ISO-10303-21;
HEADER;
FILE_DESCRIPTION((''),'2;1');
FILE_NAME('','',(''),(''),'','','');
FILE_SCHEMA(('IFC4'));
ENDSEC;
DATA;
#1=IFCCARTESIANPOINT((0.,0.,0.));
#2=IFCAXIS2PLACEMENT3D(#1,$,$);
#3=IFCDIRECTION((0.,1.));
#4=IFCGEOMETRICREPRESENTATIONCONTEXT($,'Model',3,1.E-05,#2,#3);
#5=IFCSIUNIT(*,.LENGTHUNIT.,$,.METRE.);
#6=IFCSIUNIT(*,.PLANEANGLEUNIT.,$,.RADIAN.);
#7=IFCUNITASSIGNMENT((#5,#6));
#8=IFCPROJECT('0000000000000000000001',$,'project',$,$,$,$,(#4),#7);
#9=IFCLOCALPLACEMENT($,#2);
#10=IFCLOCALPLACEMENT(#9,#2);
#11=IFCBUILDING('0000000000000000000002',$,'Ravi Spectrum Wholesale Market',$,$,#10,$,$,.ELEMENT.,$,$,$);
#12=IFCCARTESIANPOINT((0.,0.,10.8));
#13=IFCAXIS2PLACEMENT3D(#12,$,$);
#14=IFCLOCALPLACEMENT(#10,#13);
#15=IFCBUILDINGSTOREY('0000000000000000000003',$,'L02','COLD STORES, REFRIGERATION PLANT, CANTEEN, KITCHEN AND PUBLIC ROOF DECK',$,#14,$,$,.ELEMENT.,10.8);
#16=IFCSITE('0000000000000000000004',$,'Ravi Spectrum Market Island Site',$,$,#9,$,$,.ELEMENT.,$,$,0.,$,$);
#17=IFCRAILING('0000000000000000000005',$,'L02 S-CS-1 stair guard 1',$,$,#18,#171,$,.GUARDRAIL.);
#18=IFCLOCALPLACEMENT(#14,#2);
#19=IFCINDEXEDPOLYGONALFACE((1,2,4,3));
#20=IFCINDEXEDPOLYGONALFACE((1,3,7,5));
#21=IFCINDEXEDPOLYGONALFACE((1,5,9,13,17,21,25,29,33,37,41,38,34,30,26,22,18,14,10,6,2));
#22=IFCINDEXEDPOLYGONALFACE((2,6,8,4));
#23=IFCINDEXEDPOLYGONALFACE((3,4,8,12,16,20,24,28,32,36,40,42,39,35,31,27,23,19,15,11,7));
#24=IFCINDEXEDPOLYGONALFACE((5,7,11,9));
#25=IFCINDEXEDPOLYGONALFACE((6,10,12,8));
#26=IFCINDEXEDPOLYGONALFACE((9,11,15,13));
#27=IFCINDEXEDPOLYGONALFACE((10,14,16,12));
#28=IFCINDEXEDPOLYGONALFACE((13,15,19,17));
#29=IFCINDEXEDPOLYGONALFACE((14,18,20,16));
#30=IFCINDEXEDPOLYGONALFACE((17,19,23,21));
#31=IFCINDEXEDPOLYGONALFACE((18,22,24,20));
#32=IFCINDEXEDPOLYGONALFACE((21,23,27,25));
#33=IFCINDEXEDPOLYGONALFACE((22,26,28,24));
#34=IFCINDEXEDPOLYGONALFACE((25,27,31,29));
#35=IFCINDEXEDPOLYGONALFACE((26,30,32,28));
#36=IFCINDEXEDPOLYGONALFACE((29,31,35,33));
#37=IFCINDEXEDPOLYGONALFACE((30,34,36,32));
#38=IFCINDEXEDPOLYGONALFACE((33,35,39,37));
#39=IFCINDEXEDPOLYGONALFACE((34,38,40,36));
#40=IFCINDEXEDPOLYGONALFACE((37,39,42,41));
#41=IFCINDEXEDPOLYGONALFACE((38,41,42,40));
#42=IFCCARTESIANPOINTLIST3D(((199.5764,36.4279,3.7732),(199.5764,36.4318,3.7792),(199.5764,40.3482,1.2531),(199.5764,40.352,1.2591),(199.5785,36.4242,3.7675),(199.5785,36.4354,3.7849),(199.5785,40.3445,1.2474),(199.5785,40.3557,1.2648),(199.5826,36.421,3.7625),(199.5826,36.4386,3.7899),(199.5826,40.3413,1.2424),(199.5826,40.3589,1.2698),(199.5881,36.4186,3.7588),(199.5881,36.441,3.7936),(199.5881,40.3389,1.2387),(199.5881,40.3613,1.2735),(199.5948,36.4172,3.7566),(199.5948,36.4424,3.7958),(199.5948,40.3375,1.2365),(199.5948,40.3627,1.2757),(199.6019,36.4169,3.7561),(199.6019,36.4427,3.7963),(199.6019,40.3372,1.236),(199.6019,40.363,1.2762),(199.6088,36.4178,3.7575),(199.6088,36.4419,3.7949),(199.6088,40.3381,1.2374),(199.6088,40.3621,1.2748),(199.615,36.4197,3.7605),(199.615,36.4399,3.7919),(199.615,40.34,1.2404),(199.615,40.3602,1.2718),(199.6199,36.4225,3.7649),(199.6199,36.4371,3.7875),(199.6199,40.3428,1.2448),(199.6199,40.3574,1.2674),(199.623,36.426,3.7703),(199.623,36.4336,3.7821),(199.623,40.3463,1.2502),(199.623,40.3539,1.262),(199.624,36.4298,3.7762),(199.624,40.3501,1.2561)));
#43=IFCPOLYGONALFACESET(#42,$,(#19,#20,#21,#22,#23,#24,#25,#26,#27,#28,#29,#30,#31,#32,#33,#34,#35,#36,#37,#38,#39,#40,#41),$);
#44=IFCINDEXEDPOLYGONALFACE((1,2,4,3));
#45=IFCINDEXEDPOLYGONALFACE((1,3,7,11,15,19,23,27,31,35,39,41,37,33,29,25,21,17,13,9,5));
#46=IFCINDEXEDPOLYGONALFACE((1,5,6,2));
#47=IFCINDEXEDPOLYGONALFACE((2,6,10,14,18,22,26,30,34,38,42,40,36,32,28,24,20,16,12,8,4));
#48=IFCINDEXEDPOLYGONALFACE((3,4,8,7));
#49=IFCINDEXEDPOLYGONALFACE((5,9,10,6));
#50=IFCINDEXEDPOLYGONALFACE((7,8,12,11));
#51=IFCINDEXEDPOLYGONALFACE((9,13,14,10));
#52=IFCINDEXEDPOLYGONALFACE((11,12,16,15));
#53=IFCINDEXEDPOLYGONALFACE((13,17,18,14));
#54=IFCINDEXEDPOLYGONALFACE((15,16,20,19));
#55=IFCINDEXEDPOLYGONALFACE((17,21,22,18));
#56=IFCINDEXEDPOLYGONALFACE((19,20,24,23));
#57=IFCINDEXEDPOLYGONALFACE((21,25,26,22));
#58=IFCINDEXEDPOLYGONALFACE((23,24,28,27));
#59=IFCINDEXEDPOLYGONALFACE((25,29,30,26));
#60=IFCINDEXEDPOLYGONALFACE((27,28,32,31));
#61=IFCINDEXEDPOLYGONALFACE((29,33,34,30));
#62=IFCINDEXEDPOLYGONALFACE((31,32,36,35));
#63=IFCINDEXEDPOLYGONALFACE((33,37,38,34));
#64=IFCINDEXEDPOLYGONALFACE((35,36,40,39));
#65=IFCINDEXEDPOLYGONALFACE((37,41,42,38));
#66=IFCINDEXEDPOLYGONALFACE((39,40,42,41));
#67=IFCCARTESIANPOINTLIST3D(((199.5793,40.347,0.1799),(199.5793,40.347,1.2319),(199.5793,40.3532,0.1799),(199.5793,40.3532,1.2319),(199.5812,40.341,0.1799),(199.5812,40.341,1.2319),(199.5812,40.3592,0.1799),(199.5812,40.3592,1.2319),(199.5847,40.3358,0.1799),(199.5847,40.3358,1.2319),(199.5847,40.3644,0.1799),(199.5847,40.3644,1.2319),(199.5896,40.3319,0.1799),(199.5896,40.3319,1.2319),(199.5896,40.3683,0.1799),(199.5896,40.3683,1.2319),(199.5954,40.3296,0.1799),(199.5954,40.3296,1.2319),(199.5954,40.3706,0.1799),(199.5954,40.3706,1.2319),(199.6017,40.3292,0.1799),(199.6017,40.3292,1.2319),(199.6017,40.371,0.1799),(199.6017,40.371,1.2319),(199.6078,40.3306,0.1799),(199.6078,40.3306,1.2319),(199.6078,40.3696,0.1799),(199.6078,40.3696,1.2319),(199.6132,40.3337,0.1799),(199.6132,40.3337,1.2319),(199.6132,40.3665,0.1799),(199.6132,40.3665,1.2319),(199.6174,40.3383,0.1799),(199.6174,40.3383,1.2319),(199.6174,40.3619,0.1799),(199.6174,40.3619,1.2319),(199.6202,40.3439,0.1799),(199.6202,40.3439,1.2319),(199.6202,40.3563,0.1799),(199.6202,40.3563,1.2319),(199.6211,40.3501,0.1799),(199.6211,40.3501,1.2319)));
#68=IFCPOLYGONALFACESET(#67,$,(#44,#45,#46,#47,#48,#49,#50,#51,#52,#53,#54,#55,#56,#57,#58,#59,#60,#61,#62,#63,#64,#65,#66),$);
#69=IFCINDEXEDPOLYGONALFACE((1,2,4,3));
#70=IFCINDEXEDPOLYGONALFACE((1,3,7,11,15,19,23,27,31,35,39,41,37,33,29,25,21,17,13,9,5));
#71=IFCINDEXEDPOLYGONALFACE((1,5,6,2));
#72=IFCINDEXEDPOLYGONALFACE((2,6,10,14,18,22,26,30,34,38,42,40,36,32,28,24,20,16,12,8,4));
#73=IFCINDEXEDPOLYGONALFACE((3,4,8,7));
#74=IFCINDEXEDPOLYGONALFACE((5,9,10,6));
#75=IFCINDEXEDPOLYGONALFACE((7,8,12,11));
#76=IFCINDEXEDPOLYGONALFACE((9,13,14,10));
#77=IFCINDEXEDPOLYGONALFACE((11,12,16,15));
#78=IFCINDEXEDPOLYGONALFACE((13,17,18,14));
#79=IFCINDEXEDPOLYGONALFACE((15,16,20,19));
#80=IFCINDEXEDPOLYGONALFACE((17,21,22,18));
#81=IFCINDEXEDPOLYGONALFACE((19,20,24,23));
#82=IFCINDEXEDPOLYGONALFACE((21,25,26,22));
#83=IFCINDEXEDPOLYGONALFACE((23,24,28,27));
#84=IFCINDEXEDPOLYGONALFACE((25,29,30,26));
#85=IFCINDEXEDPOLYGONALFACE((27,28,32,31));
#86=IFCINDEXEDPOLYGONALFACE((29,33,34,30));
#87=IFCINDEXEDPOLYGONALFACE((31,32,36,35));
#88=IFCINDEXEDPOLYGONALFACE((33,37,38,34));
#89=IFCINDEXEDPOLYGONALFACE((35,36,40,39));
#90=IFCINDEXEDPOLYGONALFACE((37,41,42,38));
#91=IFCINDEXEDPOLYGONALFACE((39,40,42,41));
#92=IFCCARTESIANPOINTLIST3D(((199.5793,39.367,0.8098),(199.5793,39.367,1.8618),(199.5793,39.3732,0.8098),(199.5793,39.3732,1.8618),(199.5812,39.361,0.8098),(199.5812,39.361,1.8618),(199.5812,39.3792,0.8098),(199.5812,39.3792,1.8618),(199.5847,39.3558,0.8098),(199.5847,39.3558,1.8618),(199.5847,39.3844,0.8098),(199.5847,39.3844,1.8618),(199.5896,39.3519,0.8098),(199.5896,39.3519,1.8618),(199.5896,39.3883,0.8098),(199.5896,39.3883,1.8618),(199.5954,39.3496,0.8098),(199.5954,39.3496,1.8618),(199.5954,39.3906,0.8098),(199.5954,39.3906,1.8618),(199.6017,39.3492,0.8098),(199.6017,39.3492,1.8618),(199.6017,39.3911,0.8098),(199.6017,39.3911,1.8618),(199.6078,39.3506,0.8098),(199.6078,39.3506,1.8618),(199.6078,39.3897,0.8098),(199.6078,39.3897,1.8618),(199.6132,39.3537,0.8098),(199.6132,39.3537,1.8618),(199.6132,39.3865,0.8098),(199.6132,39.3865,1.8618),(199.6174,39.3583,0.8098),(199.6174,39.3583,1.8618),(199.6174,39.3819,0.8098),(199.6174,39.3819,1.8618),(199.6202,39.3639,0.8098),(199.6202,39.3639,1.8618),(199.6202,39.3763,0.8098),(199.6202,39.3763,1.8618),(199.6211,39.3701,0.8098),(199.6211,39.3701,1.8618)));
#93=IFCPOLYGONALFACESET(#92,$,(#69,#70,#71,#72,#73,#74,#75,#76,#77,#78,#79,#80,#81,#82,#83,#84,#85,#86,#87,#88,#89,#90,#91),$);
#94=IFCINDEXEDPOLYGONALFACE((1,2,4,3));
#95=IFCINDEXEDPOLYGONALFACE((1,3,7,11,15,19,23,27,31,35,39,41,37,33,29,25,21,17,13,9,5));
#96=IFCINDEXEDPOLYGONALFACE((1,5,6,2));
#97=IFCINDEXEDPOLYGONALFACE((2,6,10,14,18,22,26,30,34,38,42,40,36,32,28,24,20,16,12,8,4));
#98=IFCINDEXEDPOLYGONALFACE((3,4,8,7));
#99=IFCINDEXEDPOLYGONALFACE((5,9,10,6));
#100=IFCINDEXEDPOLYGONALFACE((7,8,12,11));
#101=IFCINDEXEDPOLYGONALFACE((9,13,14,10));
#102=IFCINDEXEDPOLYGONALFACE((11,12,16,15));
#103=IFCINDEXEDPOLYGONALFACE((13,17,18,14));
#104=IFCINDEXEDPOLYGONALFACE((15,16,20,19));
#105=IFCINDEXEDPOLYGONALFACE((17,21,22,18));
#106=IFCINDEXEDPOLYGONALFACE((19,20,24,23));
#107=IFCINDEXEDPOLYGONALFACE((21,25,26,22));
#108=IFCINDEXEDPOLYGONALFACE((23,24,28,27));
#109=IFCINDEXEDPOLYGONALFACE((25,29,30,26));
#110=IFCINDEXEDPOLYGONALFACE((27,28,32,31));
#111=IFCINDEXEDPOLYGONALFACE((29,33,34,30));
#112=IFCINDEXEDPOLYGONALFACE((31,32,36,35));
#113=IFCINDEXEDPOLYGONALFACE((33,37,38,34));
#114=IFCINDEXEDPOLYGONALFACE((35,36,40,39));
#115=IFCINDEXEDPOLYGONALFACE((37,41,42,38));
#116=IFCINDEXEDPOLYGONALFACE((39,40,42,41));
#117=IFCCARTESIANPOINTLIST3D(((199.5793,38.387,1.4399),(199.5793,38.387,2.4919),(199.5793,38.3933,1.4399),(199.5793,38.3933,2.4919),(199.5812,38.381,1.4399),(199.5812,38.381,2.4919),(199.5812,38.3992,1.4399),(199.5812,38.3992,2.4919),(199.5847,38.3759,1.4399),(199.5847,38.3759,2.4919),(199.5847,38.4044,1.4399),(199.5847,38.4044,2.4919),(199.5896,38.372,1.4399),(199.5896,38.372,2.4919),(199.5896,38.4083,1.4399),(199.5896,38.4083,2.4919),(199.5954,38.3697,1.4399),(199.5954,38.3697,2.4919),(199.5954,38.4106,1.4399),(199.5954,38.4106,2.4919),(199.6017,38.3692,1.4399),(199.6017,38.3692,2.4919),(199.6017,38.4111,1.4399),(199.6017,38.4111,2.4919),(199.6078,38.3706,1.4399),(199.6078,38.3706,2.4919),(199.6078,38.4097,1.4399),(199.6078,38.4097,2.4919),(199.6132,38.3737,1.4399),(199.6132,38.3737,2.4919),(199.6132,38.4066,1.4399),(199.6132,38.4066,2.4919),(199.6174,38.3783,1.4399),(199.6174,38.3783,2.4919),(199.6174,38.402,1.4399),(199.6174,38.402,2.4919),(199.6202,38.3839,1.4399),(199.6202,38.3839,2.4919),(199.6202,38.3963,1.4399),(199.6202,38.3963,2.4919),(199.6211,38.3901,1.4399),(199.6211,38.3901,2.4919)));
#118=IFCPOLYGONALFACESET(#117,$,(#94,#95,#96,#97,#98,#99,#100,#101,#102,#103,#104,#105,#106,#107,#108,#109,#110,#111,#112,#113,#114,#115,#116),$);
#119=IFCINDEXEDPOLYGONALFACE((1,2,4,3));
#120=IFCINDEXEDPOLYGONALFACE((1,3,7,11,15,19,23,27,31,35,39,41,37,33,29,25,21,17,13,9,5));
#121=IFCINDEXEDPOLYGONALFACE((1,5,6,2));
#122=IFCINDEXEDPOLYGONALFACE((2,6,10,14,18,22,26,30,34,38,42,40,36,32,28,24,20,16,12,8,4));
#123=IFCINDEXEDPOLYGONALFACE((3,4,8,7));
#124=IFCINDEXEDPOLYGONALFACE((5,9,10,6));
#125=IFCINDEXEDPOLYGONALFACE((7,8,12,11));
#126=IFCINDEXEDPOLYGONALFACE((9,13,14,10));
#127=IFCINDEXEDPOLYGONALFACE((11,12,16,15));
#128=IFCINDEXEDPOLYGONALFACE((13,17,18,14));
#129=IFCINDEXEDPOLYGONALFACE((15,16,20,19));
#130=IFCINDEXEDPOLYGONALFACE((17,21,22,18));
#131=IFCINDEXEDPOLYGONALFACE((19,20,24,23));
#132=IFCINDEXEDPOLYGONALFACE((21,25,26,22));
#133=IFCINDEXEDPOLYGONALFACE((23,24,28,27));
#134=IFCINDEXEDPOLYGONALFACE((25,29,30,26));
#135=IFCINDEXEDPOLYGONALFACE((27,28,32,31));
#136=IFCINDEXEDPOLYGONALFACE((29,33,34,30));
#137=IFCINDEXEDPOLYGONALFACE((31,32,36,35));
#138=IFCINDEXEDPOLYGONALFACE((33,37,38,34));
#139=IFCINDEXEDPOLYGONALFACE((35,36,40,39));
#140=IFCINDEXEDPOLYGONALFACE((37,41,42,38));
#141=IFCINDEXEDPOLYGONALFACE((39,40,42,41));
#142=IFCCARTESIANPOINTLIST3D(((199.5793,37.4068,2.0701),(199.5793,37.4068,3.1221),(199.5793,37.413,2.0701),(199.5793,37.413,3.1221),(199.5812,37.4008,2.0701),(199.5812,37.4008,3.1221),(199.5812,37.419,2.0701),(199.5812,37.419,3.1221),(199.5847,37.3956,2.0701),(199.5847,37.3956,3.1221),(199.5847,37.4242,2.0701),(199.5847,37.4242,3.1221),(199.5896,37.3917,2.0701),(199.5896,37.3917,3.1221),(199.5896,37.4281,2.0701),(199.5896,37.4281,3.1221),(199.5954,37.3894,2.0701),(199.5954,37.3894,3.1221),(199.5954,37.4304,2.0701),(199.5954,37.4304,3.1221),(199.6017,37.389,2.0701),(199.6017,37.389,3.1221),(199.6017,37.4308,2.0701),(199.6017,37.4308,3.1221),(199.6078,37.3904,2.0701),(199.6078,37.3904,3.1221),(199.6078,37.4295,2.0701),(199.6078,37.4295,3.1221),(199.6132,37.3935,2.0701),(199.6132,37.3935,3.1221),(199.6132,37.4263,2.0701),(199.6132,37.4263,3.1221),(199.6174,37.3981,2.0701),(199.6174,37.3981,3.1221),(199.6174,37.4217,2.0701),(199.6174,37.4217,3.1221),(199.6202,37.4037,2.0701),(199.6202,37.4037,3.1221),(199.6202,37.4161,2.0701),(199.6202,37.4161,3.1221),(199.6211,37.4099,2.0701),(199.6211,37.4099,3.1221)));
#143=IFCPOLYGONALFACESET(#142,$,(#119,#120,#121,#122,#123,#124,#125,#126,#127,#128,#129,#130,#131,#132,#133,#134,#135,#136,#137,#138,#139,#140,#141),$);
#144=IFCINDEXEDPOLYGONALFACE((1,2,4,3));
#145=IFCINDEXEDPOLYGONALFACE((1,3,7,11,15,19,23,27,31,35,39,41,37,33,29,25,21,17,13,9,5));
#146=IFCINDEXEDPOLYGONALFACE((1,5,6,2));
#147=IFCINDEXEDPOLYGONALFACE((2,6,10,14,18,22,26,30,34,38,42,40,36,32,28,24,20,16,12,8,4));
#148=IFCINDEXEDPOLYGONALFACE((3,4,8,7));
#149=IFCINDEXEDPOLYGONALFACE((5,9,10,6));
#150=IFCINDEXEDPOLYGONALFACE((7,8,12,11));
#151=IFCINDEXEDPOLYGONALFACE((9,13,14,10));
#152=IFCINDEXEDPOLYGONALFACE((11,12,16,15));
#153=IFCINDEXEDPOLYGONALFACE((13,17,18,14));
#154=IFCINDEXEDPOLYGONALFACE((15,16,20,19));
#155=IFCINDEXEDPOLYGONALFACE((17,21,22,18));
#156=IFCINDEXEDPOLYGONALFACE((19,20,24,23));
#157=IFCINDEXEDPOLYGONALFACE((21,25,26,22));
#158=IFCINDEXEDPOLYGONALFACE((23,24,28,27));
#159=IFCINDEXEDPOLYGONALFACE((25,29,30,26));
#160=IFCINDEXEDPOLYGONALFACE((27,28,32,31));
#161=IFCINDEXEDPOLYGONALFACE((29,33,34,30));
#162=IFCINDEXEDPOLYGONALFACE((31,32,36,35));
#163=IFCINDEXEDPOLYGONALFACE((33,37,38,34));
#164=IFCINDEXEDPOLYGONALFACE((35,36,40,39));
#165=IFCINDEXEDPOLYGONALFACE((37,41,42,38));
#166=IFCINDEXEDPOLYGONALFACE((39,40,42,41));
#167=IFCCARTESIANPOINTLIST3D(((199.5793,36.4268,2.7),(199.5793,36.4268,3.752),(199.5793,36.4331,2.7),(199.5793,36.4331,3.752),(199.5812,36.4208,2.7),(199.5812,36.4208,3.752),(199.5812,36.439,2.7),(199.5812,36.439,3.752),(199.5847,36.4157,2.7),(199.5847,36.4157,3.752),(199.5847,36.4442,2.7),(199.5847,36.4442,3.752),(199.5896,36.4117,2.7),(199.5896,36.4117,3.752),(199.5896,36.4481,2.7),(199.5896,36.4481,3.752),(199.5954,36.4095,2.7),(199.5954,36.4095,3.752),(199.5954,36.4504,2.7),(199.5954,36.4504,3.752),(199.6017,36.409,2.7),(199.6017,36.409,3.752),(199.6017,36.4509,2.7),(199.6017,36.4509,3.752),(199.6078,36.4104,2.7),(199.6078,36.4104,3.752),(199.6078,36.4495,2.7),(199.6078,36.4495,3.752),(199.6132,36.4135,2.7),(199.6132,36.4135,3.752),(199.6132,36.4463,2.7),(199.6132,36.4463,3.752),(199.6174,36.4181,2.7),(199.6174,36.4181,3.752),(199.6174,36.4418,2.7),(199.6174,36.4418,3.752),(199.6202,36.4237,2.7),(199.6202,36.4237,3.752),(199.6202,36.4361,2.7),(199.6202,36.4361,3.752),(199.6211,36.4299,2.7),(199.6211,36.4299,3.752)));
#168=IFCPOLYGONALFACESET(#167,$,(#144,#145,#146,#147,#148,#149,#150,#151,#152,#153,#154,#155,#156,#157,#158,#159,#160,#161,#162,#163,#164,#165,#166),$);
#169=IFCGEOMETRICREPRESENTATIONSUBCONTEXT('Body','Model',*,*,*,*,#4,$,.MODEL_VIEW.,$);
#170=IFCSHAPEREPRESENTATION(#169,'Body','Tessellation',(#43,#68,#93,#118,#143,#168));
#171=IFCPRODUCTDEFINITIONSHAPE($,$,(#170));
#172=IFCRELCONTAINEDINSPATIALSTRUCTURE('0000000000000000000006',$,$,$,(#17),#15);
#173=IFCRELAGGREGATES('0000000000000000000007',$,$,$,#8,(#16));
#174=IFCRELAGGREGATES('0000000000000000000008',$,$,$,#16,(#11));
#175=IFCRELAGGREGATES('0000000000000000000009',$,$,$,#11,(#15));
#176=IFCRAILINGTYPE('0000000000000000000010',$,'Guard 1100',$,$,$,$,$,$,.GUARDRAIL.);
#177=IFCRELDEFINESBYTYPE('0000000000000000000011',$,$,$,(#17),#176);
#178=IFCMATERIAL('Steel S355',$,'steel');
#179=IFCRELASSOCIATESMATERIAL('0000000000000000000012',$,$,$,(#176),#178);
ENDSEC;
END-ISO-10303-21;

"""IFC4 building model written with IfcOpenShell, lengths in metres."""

from ifc_helpers import new_model, si_unit, direction, frame, origin, origin_2d, place, context, subcontext, project, spatial, circle, extrude, material, type_object, element, save


model = new_model("IFC4")

# Units and contexts
model_context = context("Model", 3, precision=1e-05, world=origin(), true_north=direction((0.0, 1.0)))
body_context = subcontext(model_context, "Body", "Model", "MODEL_VIEW")
ifc_project = project(units=[si_unit("LENGTHUNIT", "METRE"), si_unit("PLANEANGLEUNIT", "RADIAN")], contexts=[model_context])

# Site, building, storey
site_placement = place(None, origin())
site = spatial("IfcSite", under=ifc_project, at=site_placement, Name="Ravi Spectrum Market Island Site", CompositionType="ELEMENT", RefElevation=0.0)
building_placement = place(site_placement, origin())
building = spatial("IfcBuilding", under=site, at=building_placement, Name="Ravi Spectrum Wholesale Market", CompositionType="ELEMENT")
storey_placement = place(building_placement, frame((0.0, 0.0, 10.8)))
storey = spatial("IfcBuildingStorey", under=building, at=storey_placement, Name="L02", Description="COLD STORES, REFRIGERATION PLANT, CANTEEN, KITCHEN AND PUBLIC ROOF DECK", CompositionType="ELEMENT", Elevation=10.8)

# Railing
ifc_material_1 = material(Name="Steel S355", Category="steel")
railing_type_1 = type_object("IfcRailingType", Name="Guard 1100", PredefinedType="GUARDRAIL", material=ifc_material_1)
railing_1_placement = place(storey_placement, frame((199.6001, 40.3501, 0.1799)))
element("IfcRailing", 1, at=railing_1_placement, inside=storey, type_object=railing_type_1, Name="L02 S-CS-1 stair guard 1", PredefinedType="GUARDRAIL", context=body_context, shape_type="SweptSolid", body=[
    extrude(circle(Radius=0.0239, at=origin_2d()), frame((0.0, 0.0, 1.0762), z_axis=(0.0, -0.841187, 0.540744), x_axis=(1.0, 0.0, 0.0)), (0.0, 0.0, 1.0), 4.6604),
    extrude(circle(Radius=0.021, at=origin_2d()), origin(), (0.0, 0.0, 1.0), 1.052),
    extrude(circle(Radius=0.021, at=origin_2d()), frame((0.0, -0.98, 0.6299)), (0.0, 0.0, 1.0), 1.052),
    extrude(circle(Radius=0.021, at=origin_2d()), frame((0.0, -1.96, 1.26)), (0.0, 0.0, 1.0), 1.052),
    extrude(circle(Radius=0.021, at=origin_2d()), frame((0.0, -2.9402, 1.8901)), (0.0, 0.0, 1.0), 1.052),
    extrude(circle(Radius=0.021, at=origin_2d()), frame((0.0, -3.9202, 2.52)), (0.0, 0.0, 1.0), 1.052),
])

save(model, "model.ifc")
